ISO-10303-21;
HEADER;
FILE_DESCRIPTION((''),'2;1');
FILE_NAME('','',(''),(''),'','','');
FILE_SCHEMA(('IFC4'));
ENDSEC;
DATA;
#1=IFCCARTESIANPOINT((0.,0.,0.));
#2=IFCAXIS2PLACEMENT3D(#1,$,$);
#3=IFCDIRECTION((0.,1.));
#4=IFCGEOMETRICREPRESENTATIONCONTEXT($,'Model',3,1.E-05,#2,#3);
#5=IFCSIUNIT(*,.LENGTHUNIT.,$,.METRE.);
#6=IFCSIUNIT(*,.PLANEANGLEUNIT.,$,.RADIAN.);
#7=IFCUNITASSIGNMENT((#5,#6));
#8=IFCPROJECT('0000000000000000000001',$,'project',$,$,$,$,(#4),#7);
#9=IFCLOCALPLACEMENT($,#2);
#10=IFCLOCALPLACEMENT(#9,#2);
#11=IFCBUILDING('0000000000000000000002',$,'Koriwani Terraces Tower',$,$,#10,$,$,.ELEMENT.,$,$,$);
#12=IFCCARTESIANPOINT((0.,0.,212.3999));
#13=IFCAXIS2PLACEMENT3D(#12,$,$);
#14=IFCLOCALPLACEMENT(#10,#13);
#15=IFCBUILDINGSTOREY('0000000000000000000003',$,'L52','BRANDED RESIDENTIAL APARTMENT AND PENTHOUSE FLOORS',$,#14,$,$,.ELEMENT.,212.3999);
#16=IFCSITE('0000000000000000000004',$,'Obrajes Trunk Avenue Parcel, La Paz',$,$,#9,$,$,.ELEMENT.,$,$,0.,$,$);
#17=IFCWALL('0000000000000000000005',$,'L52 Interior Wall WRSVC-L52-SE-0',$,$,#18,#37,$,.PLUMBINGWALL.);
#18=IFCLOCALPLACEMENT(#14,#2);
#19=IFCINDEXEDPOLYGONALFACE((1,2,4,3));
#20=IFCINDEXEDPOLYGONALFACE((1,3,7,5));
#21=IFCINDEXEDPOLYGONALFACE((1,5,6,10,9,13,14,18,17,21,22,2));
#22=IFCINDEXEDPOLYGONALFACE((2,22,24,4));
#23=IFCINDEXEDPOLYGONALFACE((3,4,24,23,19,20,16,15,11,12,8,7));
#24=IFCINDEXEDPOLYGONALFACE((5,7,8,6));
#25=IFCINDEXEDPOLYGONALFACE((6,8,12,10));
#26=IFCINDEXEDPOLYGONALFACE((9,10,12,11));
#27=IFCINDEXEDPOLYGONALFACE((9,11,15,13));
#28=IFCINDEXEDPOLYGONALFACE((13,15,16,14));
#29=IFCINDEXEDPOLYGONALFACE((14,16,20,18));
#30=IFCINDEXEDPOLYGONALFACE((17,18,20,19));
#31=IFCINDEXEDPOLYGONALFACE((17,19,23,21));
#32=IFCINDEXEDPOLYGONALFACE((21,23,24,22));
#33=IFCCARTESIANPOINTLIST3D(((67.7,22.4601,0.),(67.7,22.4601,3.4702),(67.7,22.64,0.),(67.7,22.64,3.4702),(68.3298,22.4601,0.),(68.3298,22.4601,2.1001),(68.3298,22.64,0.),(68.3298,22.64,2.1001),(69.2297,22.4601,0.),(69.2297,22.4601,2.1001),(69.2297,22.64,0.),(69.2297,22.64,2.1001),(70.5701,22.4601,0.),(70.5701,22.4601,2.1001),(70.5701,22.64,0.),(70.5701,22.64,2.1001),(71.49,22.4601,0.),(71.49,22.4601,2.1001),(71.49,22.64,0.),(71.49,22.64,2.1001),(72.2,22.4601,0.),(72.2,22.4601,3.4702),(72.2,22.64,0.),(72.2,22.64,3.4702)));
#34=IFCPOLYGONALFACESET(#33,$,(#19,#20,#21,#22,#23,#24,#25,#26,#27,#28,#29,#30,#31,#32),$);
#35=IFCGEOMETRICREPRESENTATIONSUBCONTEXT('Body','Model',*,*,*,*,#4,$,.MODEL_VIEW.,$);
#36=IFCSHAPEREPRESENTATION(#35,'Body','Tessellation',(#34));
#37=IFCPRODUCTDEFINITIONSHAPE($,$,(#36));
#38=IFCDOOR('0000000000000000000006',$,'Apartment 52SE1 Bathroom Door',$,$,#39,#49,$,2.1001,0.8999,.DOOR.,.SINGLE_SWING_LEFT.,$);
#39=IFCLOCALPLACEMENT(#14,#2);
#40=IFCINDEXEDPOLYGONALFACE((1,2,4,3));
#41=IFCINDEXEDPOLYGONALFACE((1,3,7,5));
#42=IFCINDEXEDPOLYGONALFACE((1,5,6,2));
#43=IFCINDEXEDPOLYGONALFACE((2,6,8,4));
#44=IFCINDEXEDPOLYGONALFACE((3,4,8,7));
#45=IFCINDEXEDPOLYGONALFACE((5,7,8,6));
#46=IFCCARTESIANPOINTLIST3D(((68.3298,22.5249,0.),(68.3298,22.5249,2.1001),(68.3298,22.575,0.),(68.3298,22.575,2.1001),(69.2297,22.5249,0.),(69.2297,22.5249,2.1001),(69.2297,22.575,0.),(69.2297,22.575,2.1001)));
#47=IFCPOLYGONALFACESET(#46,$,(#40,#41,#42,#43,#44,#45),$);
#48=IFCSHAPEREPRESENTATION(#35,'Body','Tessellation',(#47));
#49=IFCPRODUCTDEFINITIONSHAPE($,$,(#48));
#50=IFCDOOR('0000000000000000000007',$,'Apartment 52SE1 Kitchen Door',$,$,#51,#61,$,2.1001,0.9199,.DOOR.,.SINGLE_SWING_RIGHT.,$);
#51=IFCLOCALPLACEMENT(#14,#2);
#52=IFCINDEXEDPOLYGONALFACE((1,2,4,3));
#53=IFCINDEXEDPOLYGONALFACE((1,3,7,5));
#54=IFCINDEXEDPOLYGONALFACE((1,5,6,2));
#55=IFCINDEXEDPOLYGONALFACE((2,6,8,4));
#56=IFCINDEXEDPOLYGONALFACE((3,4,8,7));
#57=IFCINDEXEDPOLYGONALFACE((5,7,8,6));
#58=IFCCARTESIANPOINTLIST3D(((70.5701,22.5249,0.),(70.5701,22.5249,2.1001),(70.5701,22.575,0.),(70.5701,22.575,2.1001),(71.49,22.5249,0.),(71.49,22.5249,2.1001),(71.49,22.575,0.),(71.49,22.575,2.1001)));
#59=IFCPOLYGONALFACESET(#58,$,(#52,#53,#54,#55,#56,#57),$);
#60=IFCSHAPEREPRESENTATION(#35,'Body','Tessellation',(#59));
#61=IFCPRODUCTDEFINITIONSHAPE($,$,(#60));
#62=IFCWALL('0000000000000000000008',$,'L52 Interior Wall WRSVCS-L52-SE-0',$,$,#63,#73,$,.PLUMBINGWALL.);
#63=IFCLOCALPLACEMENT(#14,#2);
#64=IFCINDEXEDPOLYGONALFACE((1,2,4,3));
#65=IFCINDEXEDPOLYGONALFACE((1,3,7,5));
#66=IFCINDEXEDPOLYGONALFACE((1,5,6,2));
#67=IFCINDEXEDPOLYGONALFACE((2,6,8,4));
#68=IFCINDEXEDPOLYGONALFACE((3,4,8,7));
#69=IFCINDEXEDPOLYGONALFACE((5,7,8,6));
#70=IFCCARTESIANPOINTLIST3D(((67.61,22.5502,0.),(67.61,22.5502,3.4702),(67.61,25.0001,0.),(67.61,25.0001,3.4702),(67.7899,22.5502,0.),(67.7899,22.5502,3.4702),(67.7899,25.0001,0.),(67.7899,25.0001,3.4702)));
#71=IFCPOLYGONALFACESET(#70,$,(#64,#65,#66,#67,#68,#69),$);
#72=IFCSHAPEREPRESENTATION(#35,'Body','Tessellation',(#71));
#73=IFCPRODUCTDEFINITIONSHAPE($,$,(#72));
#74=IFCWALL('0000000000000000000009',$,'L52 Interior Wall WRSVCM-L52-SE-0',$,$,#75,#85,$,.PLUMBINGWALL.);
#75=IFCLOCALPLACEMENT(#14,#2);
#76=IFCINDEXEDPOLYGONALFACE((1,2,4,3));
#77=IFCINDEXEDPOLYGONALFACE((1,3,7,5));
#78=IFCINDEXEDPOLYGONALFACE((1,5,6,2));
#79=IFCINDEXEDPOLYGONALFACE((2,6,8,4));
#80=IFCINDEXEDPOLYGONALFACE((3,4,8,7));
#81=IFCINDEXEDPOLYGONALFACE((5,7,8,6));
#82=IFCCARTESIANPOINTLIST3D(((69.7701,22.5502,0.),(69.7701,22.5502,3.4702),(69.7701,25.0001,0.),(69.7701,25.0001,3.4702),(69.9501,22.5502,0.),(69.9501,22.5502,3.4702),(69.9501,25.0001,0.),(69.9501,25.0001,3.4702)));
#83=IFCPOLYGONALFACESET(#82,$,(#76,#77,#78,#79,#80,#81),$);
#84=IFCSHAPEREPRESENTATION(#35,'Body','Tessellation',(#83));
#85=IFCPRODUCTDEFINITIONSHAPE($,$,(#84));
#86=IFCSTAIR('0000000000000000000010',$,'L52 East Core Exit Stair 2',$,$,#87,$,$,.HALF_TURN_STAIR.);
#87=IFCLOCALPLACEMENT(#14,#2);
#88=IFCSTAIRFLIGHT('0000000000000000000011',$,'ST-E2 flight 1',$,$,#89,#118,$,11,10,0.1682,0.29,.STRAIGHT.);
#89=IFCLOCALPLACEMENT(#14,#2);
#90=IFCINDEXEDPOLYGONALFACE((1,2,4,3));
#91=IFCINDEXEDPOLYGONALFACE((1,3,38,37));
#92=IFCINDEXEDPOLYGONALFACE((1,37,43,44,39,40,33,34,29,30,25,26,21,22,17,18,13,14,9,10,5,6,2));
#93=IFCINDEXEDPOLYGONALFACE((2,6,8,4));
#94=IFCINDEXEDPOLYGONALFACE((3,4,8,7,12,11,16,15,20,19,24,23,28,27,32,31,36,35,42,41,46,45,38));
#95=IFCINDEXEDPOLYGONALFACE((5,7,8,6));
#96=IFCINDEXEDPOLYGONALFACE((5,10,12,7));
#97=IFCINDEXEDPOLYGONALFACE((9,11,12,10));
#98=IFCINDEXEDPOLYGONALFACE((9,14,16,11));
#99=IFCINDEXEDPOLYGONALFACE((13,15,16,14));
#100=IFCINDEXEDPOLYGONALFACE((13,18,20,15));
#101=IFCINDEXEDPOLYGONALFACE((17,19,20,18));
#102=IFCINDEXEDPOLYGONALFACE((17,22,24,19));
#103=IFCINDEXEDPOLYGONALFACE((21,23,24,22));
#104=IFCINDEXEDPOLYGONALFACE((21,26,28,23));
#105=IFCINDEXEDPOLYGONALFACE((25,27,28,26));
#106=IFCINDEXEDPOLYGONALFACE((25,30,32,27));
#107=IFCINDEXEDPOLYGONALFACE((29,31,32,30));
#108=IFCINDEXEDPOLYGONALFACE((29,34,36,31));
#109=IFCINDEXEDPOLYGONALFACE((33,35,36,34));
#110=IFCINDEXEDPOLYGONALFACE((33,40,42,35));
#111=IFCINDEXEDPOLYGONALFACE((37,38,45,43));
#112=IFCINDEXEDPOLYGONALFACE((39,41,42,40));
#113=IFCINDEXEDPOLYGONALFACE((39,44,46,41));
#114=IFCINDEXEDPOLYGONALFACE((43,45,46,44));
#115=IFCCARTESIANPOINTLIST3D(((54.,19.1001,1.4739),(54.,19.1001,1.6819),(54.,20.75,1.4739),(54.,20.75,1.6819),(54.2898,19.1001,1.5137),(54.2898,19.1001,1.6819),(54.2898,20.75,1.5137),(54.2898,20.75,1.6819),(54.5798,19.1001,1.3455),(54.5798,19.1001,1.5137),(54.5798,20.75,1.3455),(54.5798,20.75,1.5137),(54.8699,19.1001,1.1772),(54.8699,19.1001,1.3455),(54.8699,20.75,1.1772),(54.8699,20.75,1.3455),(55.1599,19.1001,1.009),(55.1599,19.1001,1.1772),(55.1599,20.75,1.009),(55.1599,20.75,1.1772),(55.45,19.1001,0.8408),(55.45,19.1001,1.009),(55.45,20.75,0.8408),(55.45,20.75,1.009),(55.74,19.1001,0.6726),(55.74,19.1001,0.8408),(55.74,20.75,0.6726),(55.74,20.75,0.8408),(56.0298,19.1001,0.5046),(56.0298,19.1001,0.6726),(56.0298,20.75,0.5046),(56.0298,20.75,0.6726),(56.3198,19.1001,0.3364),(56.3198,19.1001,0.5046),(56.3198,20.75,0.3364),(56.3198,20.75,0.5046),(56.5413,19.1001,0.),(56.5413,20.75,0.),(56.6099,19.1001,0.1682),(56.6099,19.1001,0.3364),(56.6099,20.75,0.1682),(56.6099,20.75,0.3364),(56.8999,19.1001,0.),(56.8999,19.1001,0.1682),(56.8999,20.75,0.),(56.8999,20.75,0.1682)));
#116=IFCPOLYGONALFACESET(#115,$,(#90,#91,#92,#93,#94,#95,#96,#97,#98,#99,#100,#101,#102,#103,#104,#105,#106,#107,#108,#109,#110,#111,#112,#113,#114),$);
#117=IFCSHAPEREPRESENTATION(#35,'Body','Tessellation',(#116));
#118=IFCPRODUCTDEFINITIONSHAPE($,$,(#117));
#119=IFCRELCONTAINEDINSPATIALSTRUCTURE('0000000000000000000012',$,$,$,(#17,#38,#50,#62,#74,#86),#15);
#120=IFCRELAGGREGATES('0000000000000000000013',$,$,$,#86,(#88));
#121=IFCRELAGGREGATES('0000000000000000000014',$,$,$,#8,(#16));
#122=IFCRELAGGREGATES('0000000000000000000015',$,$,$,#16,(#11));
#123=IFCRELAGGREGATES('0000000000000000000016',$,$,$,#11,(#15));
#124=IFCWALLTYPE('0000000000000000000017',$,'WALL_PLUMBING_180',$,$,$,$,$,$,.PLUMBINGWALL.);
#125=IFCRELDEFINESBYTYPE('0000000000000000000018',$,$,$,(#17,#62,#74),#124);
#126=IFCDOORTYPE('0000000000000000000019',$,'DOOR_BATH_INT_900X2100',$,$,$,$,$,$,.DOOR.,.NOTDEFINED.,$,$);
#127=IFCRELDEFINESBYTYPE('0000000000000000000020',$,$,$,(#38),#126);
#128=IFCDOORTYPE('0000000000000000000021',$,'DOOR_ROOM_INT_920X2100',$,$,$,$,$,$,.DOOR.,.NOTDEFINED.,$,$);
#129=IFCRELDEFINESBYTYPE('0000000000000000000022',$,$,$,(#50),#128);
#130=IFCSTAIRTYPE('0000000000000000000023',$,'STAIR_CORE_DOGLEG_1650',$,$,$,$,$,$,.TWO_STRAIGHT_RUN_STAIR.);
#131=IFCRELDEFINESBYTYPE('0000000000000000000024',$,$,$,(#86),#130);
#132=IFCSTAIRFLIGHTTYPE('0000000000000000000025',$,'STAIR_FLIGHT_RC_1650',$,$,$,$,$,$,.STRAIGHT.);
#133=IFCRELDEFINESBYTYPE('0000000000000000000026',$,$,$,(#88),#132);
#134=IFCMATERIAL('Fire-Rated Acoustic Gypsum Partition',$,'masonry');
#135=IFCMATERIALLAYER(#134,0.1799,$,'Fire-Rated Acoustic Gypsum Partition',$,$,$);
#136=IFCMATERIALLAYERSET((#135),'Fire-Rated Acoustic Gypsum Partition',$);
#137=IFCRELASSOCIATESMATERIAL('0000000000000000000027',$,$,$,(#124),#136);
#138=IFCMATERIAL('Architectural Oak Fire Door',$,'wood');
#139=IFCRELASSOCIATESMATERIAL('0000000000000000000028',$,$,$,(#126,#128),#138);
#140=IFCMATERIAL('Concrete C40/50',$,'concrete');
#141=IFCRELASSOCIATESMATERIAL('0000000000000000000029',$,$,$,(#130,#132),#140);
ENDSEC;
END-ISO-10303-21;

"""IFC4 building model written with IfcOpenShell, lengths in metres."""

from ifc_helpers import new_model, si_unit, direction, frame, frame_2d, origin, place, context, subcontext, project, spatial, polyline, rectangle, outline, extrude, material, layer, layer_set, type_object, element, fill, aggregate, save


model = new_model("IFC4")

# Units and contexts
model_context = context("Model", 3, precision=1e-05, world=origin(), true_north=direction((0.0, 1.0)))
body_context = subcontext(model_context, "Body", "Model", "MODEL_VIEW")
ifc_project = project(units=[si_unit("LENGTHUNIT", "METRE"), si_unit("PLANEANGLEUNIT", "RADIAN")], contexts=[model_context])

# Site, building, storey
site_placement = place(None, origin())
site = spatial("IfcSite", under=ifc_project, at=site_placement, Name="Obrajes Trunk Avenue Parcel, La Paz", CompositionType="ELEMENT", RefElevation=0.0)
building_placement = place(site_placement, origin())
building = spatial("IfcBuilding", under=site, at=building_placement, Name="Koriwani Terraces Tower", CompositionType="ELEMENT")
storey_placement = place(building_placement, frame((0.0, 0.0, 212.3999)))
storey = spatial("IfcBuildingStorey", under=building, at=storey_placement, Name="L52", Description="BRANDED RESIDENTIAL APARTMENT AND PENTHOUSE FLOORS", CompositionType="ELEMENT", Elevation=212.3999)

# Shared definitions
ifc_material_1 = material(Name="Architectural Oak Fire Door", Category="wood")

# Wall, openings, doors
ifc_material_2 = material(Name="Fire-Rated Acoustic Gypsum Partition", Category="masonry")
ifc_layer_1 = layer(ifc_material_2, 0.1799, Name="Fire-Rated Acoustic Gypsum Partition")
ifc_layer_set_1 = layer_set([ifc_layer_1], Name="Fire-Rated Acoustic Gypsum Partition")
wall_type_1 = type_object("IfcWallType", Name="WALL_PLUMBING_180", PredefinedType="PLUMBINGWALL", material=ifc_layer_set_1)
wall_1_placement = place(storey_placement, frame((67.7, 22.55, 0.0), z_axis=(0.0, 0.0, 1.0), x_axis=(1.0, 0.0, 0.0)))
wall_1 = element("IfcWall", 1, at=wall_1_placement, inside=storey, type_object=wall_type_1, Name="L52 Interior Wall WRSVC-L52-SE-0", PredefinedType="PLUMBINGWALL", context=body_context, shape_type="SweptSolid", body=[
    extrude(rectangle(XDim=4.5, YDim=0.1799, at=frame_2d((2.25, 0.0))), origin(), (0.0, 0.0, 1.0), 3.4702),
])
opening_1_placement = place(wall_1_placement, frame((0.6299, 0.0, 0.0)))
opening_1 = element("IfcOpeningElement", 2, at=opening_1_placement, cuts=wall_1, PredefinedType="OPENING", context=body_context, shape_type="SweptSolid", body=[
    extrude(rectangle(XDim=0.8999, YDim=2.1001, at=frame_2d((0.45, 1.05))), frame((0.0, 0.1001, 0.0), z_axis=(0.0, -1.0, 0.0), x_axis=(1.0, 0.0, 0.0)), (0.0, 0.0, 1.0), 0.2),
])
opening_2_placement = place(wall_1_placement, frame((2.8701, 0.0, 0.0)))
opening_2 = element("IfcOpeningElement", 3, at=opening_2_placement, cuts=wall_1, PredefinedType="OPENING", context=body_context, shape_type="SweptSolid", body=[
    extrude(rectangle(XDim=0.9199, YDim=2.1001, at=frame_2d((0.46, 1.05))), frame((0.0, 0.1001, 0.0), z_axis=(0.0, -1.0, 0.0), x_axis=(1.0, 0.0, 0.0)), (0.0, 0.0, 1.0), 0.2),
])
door_type_1 = type_object("IfcDoorType", Name="DOOR_BATH_INT_900X2100", OperationType="NOTDEFINED", PredefinedType="DOOR", material=ifc_material_1)
door_1_placement = place(opening_1_placement, origin())
door_1 = element("IfcDoor", 4, at=door_1_placement, inside=storey, type_object=door_type_1, Name="Apartment 52SE1 Bathroom Door", OperationType="SINGLE_SWING_LEFT", OverallHeight=2.1001, OverallWidth=0.8999, PredefinedType="DOOR", context=body_context, shape_type="SweptSolid", body=[
    extrude(rectangle(XDim=0.8999, YDim=2.1001, at=frame_2d((0.45, 1.05))), frame((0.0, 0.0249, 0.0), z_axis=(0.0, -1.0, 0.0), x_axis=(1.0, 0.0, 0.0)), (0.0, 0.0, 1.0), 0.05),
])
fill(opening_1, door_1)
door_type_2 = type_object("IfcDoorType", Name="DOOR_ROOM_INT_920X2100", OperationType="NOTDEFINED", PredefinedType="DOOR", material=ifc_material_1)
door_2_placement = place(opening_2_placement, origin())
door_2 = element("IfcDoor", 5, at=door_2_placement, inside=storey, type_object=door_type_2, Name="Apartment 52SE1 Kitchen Door", OperationType="SINGLE_SWING_RIGHT", OverallHeight=2.1001, OverallWidth=0.9199, PredefinedType="DOOR", context=body_context, shape_type="SweptSolid", body=[
    extrude(rectangle(XDim=0.9199, YDim=2.1001, at=frame_2d((0.46, 1.05))), frame((0.0, 0.0249, 0.0), z_axis=(0.0, -1.0, 0.0), x_axis=(1.0, 0.0, 0.0)), (0.0, 0.0, 1.0), 0.05),
])
fill(opening_2, door_2)

# Walls
for number, where, z_axis, x_axis, name in (
    (6, (67.7, 22.55, 0.0), (0.0, 0.0, 1.0), (0.0, 1.0, 0.0), "L52 Interior Wall WRSVCS-L52-SE-0"),
    (7, (69.8601, 22.55, 0.0), (0.0, 0.0, 1.0), (0.0, 1.0, 0.0), "L52 Interior Wall WRSVCM-L52-SE-0"),
):
    element("IfcWall", number, at=place(storey_placement, frame(where, z_axis=z_axis, x_axis=x_axis)), inside=storey, type_object=wall_type_1, Name=name, PredefinedType="PLUMBINGWALL", context=body_context, shape_type="SweptSolid", body=[
        extrude(rectangle(XDim=2.45, YDim=0.1799, at=frame_2d((1.2251, 0.0))), origin(), (0.0, 0.0, 1.0), 3.4702),
    ])

# Stair, stair flight
ifc_material_3 = material(Name="Concrete C40/50", Category="concrete")
stair_type = type_object("IfcStairType", Name="STAIR_CORE_DOGLEG_1650", PredefinedType="TWO_STRAIGHT_RUN_STAIR", material=ifc_material_3)
stair_placement = place(storey_placement, origin())
stair = element("IfcStair", 8, at=stair_placement, inside=storey, type_object=stair_type, Name="L52 East Core Exit Stair 2", PredefinedType="HALF_TURN_STAIR")
stair_flight_type = type_object("IfcStairFlightType", Name="STAIR_FLIGHT_RC_1650", PredefinedType="STRAIGHT", material=ifc_material_3)
stair_flight_placement = place(storey_placement, frame((56.8999, 19.925, 0.0), z_axis=(0.0, 0.0, 1.0), x_axis=(-1.0, 0.0, 0.0)))
stair_flight = element("IfcStairFlight", 9, at=stair_flight_placement, type_object=stair_flight_type, Name="ST-E2 flight 1", NumberOfRisers=11, NumberOfTreads=10, PredefinedType="STRAIGHT", RiserHeight=0.1682, TreadLength=0.29, context=body_context, shape_type="SweptSolid", body=[
    extrude(outline(polyline([(0.0, 0.0), (0.0, 0.1682), (0.29, 0.1682), (0.29, 0.3364), (0.5801, 0.3364), (0.5801, 0.5046), (0.8701, 0.5046), (0.8701, 0.6726), (1.1599, 0.6726), (1.1599, 0.8408), (1.45, 0.8408), (1.45, 1.009), (1.74, 1.009), (1.74, 1.1772), (2.03, 1.1772), (2.03, 1.3455), (2.3201, 1.3455), (2.3201, 1.5137), (2.6101, 1.5137), (2.6101, 1.6819), (2.8999, 1.6819), (2.8999, 1.8501), (2.8999, 1.4739), (0.3586, 0.0), (0.0, 0.0)])), frame((0.0, 0.825, 0.0), z_axis=(0.0, -1.0, 0.0), x_axis=(1.0, 0.0, 0.0)), (0.0, 0.0, 1.0), 1.6499),
])
aggregate(stair, [stair_flight])

save(model, "model.ifc")
